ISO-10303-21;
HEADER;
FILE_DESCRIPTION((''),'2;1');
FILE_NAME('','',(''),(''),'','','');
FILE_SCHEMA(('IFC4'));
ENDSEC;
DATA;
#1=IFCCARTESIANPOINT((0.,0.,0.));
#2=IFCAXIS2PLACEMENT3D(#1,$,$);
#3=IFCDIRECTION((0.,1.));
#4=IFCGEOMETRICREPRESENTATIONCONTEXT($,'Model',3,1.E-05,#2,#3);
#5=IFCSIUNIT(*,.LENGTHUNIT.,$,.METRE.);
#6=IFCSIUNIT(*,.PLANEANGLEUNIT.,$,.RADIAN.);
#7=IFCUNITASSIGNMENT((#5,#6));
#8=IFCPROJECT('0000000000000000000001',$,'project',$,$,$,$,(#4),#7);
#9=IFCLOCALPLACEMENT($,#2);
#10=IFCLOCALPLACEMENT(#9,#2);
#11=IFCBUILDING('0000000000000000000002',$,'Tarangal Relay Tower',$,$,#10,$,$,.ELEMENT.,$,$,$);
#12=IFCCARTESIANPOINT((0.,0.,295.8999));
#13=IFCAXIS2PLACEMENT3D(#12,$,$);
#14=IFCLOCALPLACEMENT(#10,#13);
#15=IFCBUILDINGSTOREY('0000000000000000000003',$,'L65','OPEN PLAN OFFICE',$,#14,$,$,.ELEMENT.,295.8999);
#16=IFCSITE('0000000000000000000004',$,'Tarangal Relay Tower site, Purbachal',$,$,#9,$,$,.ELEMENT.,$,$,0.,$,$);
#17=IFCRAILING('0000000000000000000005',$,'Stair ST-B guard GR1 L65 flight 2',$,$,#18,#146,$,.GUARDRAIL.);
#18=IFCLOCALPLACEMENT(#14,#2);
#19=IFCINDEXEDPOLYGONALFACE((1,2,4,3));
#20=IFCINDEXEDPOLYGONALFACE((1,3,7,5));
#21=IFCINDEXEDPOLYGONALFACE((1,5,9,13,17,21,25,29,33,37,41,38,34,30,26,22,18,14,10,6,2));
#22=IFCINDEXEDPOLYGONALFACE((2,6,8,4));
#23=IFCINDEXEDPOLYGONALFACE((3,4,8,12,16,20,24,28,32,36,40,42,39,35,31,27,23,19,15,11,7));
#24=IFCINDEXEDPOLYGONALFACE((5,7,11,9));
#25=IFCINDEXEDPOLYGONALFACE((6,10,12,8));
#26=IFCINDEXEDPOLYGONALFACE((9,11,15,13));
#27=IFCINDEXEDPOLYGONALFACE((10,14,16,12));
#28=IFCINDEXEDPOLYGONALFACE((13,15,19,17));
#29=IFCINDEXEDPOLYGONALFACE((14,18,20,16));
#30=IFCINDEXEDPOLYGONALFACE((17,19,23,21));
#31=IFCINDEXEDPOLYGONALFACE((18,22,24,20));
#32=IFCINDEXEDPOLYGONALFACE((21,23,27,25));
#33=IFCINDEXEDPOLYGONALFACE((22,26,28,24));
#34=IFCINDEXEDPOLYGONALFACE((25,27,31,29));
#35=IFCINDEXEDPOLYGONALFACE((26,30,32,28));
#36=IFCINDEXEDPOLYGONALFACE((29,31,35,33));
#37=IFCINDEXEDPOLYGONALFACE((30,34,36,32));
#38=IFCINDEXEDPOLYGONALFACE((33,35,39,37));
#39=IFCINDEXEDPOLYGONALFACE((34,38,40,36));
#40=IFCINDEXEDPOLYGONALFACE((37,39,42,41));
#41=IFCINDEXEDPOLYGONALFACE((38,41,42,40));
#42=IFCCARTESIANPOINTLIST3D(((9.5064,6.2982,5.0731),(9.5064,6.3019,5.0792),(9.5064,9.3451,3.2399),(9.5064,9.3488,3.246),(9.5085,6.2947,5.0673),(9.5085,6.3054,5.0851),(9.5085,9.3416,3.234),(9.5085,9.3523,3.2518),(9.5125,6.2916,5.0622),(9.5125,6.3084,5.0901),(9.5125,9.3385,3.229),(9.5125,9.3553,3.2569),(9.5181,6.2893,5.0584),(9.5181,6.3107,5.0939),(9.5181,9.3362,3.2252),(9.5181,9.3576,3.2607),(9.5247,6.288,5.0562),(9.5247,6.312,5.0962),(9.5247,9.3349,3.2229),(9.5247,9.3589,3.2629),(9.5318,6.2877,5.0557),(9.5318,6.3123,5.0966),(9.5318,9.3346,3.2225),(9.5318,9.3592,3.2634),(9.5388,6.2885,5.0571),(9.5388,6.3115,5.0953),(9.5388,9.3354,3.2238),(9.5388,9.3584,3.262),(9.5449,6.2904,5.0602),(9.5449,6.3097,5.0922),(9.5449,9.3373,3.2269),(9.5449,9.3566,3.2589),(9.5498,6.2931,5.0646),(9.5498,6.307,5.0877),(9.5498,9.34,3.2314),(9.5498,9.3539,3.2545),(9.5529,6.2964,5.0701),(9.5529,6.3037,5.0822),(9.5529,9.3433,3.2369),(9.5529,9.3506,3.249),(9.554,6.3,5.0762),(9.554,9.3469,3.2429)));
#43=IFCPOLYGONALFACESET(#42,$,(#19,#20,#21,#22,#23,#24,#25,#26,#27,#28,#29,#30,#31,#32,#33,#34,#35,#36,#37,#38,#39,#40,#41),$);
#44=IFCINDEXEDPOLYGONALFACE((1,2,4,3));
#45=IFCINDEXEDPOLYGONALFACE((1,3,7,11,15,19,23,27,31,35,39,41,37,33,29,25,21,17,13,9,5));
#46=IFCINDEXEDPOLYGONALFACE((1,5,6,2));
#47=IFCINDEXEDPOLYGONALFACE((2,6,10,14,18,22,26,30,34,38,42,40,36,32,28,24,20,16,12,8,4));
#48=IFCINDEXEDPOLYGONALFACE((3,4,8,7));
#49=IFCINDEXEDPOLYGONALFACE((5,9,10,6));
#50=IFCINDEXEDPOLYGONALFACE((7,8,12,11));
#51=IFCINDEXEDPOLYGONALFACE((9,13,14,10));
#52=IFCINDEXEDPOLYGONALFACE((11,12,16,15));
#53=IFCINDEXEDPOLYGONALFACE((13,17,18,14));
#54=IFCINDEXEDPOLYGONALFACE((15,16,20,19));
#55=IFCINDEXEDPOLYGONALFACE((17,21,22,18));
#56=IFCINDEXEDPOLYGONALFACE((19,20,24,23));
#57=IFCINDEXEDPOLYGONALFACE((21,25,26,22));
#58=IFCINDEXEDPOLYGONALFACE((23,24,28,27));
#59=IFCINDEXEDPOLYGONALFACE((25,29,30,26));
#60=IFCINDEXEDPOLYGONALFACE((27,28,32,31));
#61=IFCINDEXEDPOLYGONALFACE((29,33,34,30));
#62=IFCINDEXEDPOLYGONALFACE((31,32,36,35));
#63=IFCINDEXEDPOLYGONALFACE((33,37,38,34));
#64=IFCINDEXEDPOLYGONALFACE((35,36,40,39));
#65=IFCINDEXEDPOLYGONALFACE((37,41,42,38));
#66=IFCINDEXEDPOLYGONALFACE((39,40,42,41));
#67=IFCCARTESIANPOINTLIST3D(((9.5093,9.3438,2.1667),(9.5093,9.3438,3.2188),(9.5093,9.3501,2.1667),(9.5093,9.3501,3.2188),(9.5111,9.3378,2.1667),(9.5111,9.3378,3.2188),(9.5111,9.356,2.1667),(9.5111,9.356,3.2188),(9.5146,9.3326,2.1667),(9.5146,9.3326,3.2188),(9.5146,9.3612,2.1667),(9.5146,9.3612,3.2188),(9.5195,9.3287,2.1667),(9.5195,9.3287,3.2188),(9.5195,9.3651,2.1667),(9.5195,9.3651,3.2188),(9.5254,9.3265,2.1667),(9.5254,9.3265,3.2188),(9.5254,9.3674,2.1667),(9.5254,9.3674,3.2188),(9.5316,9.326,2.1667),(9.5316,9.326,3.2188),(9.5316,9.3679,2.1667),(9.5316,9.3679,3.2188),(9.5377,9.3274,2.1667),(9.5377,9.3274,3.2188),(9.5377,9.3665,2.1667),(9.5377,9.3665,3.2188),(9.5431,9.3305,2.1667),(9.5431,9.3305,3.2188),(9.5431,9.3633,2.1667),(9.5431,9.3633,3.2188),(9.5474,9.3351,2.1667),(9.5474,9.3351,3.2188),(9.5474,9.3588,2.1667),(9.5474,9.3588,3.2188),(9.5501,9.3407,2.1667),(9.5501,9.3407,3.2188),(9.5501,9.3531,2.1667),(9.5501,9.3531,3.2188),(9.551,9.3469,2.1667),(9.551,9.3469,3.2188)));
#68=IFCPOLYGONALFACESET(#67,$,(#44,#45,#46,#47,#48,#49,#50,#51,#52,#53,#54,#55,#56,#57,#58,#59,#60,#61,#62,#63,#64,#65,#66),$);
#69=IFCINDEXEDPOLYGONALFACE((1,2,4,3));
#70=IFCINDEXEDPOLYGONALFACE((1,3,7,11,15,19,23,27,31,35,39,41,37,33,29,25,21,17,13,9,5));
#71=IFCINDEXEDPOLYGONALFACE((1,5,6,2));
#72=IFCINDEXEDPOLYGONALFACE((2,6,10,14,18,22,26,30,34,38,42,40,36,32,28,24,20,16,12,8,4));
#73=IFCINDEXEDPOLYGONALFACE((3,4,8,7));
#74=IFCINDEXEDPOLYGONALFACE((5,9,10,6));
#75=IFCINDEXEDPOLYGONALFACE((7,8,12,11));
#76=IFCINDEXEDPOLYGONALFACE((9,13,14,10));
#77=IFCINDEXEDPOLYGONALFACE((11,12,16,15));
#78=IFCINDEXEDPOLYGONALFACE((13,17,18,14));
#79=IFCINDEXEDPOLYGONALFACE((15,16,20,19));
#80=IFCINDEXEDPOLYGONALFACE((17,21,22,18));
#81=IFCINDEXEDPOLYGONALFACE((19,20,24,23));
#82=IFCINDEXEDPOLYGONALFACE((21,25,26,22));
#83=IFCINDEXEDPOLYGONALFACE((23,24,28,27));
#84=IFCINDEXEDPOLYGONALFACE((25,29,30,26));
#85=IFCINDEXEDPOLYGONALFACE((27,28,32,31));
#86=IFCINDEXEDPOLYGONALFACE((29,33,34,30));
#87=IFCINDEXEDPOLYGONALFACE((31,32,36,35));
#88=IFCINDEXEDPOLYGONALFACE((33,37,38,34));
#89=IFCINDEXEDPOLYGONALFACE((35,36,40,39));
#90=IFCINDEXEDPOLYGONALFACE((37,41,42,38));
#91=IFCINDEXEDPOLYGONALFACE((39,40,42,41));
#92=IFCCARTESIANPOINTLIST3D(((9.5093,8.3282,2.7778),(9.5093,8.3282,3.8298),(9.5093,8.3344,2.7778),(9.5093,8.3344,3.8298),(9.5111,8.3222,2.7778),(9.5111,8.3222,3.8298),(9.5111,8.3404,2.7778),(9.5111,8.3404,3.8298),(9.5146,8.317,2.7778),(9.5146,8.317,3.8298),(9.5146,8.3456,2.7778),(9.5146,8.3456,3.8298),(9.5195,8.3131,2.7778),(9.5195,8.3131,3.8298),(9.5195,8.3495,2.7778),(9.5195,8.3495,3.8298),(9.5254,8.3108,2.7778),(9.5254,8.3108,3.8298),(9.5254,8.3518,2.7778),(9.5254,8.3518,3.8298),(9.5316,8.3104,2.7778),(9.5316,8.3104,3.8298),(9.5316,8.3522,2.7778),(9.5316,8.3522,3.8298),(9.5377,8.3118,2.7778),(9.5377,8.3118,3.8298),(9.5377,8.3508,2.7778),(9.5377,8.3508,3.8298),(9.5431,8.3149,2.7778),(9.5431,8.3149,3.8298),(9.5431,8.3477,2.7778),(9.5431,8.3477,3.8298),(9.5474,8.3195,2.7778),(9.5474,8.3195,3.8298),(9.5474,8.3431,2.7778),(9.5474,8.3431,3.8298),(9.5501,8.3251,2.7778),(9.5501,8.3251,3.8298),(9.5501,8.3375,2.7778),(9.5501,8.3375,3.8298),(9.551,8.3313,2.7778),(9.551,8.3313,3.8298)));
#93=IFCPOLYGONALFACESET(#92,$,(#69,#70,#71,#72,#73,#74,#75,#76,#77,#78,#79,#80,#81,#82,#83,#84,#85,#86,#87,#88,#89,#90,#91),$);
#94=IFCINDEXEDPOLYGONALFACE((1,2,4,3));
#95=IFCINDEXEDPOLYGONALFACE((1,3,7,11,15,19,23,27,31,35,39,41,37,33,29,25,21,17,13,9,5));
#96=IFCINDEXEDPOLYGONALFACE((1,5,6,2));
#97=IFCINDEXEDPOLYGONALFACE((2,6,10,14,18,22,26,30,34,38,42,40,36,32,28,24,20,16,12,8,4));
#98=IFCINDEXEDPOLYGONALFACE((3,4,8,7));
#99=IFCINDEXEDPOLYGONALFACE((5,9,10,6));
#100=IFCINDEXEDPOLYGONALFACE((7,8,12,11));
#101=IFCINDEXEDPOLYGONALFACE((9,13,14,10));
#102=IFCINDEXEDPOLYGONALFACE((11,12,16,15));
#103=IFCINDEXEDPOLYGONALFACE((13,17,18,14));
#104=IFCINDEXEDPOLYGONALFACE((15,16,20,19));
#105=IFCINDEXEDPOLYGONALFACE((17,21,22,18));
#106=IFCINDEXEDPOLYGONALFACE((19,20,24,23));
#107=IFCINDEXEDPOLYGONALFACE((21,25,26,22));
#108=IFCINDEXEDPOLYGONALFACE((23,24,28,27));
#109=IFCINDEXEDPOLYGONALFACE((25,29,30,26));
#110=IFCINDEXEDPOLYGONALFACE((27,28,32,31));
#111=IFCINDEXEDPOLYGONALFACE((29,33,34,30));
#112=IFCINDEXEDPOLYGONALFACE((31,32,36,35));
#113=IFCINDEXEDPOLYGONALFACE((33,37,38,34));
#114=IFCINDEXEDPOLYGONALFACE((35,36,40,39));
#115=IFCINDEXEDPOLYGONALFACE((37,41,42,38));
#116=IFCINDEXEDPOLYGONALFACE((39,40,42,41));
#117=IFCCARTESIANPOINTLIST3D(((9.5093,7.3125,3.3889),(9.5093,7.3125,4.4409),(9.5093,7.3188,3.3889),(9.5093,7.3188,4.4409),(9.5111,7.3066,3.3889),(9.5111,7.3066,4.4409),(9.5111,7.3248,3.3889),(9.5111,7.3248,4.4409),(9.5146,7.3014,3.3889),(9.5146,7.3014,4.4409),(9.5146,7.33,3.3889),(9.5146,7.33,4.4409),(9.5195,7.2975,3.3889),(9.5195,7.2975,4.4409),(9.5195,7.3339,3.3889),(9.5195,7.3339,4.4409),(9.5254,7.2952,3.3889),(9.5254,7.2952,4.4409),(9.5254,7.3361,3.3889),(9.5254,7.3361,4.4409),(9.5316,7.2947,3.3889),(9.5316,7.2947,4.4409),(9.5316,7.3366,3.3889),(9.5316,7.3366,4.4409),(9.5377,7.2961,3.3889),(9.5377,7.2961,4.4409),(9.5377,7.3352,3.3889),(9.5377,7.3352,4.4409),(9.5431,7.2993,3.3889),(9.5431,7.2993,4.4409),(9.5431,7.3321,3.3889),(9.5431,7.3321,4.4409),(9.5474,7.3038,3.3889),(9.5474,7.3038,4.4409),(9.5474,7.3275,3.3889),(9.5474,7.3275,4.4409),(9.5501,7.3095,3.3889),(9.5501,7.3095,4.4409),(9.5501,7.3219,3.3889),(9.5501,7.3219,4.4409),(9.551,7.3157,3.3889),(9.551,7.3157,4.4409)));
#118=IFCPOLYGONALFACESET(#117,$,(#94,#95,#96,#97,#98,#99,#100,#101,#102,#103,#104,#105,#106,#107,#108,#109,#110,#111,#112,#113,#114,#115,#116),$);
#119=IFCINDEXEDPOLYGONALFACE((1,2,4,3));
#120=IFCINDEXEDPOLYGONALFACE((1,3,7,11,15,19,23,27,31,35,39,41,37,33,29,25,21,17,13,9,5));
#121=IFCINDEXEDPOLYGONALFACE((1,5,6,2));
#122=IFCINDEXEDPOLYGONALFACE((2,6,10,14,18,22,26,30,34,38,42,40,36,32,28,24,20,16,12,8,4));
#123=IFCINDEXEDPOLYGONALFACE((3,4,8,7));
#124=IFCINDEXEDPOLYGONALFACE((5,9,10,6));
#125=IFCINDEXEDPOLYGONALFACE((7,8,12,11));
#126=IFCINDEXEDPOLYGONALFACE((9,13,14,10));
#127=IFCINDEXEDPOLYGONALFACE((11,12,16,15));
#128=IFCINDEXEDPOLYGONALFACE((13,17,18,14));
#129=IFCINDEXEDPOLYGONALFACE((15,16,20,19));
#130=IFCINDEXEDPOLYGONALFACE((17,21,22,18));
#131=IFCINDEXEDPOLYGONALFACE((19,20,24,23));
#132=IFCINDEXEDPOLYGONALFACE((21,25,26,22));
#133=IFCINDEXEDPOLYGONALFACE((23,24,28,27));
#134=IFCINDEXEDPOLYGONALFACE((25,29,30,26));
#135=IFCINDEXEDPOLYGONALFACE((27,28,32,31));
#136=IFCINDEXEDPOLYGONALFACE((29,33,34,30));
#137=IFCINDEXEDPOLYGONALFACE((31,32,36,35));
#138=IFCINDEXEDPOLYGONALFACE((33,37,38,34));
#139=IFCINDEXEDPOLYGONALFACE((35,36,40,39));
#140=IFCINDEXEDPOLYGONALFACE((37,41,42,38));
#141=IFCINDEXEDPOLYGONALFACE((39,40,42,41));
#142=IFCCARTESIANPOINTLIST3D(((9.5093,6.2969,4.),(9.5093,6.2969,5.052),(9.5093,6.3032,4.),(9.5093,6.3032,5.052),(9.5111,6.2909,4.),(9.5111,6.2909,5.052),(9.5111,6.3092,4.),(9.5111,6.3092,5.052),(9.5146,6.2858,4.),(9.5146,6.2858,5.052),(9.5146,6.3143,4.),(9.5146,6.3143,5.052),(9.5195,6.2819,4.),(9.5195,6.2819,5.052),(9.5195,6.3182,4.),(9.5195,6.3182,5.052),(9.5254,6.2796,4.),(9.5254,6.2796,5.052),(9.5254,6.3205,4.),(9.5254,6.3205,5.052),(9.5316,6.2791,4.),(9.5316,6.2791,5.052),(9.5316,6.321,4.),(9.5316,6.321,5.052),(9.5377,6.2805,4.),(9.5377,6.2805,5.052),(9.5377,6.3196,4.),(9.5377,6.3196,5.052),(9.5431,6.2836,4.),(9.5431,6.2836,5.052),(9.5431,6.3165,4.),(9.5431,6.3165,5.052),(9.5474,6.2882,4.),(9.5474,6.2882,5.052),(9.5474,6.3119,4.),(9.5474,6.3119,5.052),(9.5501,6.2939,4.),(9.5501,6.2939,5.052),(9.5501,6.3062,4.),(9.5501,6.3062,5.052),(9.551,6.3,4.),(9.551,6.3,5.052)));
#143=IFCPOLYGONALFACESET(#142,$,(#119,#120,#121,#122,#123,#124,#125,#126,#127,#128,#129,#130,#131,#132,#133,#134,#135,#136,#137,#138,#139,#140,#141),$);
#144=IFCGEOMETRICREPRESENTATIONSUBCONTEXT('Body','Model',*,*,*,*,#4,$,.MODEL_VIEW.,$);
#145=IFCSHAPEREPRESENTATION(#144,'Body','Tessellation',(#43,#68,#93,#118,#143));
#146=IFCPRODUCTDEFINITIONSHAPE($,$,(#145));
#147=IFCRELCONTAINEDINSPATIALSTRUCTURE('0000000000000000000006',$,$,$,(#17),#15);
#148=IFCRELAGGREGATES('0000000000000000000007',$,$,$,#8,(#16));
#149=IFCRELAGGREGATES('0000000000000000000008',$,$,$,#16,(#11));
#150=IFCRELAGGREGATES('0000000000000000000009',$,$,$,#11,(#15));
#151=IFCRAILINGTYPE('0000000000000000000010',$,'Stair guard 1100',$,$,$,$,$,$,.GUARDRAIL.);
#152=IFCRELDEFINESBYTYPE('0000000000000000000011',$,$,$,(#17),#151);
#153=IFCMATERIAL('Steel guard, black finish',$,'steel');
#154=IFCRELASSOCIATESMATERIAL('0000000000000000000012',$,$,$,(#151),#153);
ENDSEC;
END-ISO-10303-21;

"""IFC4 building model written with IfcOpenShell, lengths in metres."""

from ifc_helpers import new_model, si_unit, direction, frame, origin, origin_2d, place, context, subcontext, project, spatial, circle, extrude, material, type_object, element, save


model = new_model("IFC4")

# Units and contexts
model_context = context("Model", 3, precision=1e-05, world=origin(), true_north=direction((0.0, 1.0)))
body_context = subcontext(model_context, "Body", "Model", "MODEL_VIEW")
ifc_project = project(units=[si_unit("LENGTHUNIT", "METRE"), si_unit("PLANEANGLEUNIT", "RADIAN")], contexts=[model_context])

# Site, building, storey
site_placement = place(None, origin())
site = spatial("IfcSite", under=ifc_project, at=site_placement, Name="Tarangal Relay Tower site, Purbachal", CompositionType="ELEMENT", RefElevation=0.0)
building_placement = place(site_placement, origin())
building = spatial("IfcBuilding", under=site, at=building_placement, Name="Tarangal Relay Tower", CompositionType="ELEMENT")
storey_placement = place(building_placement, frame((0.0, 0.0, 295.8999)))
storey = spatial("IfcBuildingStorey", under=building, at=storey_placement, Name="L65", Description="OPEN PLAN OFFICE", CompositionType="ELEMENT", Elevation=295.8999)

# Railing
ifc_material_1 = material(Name="Steel guard, black finish", Category="steel")
railing_type_1 = type_object("IfcRailingType", Name="Stair guard 1100", PredefinedType="GUARDRAIL", material=ifc_material_1)
railing_1_placement = place(storey_placement, frame((9.53, 9.3469, 2.1667)))
element("IfcRailing", 1, at=railing_1_placement, inside=storey, type_object=railing_type_1, Name="Stair ST-B guard GR1 L65 flight 2", PredefinedType="GUARDRAIL", context=body_context, shape_type="SweptSolid", body=[
    extrude(circle(Radius=0.0239, at=origin_2d()), frame((0.0, 0.0, 1.0762), z_axis=(0.0, -0.856856, 0.515556), x_axis=(1.0, 0.0, 0.0)), (0.0, 0.0, 1.0), 3.5559),
    extrude(circle(Radius=0.021, at=origin_2d()), origin(), (0.0, 0.0, 1.0), 1.052),
    extrude(circle(Radius=0.021, at=origin_2d()), frame((0.0, -1.0156, 0.6111)), (0.0, 0.0, 1.0), 1.052),
    extrude(circle(Radius=0.021, at=origin_2d()), frame((0.0, -2.0312, 1.2222)), (0.0, 0.0, 1.0), 1.052),
    extrude(circle(Radius=0.021, at=origin_2d()), frame((0.0, -3.0469, 1.8333)), (0.0, 0.0, 1.0), 1.052),
])

save(model, "model.ifc")
